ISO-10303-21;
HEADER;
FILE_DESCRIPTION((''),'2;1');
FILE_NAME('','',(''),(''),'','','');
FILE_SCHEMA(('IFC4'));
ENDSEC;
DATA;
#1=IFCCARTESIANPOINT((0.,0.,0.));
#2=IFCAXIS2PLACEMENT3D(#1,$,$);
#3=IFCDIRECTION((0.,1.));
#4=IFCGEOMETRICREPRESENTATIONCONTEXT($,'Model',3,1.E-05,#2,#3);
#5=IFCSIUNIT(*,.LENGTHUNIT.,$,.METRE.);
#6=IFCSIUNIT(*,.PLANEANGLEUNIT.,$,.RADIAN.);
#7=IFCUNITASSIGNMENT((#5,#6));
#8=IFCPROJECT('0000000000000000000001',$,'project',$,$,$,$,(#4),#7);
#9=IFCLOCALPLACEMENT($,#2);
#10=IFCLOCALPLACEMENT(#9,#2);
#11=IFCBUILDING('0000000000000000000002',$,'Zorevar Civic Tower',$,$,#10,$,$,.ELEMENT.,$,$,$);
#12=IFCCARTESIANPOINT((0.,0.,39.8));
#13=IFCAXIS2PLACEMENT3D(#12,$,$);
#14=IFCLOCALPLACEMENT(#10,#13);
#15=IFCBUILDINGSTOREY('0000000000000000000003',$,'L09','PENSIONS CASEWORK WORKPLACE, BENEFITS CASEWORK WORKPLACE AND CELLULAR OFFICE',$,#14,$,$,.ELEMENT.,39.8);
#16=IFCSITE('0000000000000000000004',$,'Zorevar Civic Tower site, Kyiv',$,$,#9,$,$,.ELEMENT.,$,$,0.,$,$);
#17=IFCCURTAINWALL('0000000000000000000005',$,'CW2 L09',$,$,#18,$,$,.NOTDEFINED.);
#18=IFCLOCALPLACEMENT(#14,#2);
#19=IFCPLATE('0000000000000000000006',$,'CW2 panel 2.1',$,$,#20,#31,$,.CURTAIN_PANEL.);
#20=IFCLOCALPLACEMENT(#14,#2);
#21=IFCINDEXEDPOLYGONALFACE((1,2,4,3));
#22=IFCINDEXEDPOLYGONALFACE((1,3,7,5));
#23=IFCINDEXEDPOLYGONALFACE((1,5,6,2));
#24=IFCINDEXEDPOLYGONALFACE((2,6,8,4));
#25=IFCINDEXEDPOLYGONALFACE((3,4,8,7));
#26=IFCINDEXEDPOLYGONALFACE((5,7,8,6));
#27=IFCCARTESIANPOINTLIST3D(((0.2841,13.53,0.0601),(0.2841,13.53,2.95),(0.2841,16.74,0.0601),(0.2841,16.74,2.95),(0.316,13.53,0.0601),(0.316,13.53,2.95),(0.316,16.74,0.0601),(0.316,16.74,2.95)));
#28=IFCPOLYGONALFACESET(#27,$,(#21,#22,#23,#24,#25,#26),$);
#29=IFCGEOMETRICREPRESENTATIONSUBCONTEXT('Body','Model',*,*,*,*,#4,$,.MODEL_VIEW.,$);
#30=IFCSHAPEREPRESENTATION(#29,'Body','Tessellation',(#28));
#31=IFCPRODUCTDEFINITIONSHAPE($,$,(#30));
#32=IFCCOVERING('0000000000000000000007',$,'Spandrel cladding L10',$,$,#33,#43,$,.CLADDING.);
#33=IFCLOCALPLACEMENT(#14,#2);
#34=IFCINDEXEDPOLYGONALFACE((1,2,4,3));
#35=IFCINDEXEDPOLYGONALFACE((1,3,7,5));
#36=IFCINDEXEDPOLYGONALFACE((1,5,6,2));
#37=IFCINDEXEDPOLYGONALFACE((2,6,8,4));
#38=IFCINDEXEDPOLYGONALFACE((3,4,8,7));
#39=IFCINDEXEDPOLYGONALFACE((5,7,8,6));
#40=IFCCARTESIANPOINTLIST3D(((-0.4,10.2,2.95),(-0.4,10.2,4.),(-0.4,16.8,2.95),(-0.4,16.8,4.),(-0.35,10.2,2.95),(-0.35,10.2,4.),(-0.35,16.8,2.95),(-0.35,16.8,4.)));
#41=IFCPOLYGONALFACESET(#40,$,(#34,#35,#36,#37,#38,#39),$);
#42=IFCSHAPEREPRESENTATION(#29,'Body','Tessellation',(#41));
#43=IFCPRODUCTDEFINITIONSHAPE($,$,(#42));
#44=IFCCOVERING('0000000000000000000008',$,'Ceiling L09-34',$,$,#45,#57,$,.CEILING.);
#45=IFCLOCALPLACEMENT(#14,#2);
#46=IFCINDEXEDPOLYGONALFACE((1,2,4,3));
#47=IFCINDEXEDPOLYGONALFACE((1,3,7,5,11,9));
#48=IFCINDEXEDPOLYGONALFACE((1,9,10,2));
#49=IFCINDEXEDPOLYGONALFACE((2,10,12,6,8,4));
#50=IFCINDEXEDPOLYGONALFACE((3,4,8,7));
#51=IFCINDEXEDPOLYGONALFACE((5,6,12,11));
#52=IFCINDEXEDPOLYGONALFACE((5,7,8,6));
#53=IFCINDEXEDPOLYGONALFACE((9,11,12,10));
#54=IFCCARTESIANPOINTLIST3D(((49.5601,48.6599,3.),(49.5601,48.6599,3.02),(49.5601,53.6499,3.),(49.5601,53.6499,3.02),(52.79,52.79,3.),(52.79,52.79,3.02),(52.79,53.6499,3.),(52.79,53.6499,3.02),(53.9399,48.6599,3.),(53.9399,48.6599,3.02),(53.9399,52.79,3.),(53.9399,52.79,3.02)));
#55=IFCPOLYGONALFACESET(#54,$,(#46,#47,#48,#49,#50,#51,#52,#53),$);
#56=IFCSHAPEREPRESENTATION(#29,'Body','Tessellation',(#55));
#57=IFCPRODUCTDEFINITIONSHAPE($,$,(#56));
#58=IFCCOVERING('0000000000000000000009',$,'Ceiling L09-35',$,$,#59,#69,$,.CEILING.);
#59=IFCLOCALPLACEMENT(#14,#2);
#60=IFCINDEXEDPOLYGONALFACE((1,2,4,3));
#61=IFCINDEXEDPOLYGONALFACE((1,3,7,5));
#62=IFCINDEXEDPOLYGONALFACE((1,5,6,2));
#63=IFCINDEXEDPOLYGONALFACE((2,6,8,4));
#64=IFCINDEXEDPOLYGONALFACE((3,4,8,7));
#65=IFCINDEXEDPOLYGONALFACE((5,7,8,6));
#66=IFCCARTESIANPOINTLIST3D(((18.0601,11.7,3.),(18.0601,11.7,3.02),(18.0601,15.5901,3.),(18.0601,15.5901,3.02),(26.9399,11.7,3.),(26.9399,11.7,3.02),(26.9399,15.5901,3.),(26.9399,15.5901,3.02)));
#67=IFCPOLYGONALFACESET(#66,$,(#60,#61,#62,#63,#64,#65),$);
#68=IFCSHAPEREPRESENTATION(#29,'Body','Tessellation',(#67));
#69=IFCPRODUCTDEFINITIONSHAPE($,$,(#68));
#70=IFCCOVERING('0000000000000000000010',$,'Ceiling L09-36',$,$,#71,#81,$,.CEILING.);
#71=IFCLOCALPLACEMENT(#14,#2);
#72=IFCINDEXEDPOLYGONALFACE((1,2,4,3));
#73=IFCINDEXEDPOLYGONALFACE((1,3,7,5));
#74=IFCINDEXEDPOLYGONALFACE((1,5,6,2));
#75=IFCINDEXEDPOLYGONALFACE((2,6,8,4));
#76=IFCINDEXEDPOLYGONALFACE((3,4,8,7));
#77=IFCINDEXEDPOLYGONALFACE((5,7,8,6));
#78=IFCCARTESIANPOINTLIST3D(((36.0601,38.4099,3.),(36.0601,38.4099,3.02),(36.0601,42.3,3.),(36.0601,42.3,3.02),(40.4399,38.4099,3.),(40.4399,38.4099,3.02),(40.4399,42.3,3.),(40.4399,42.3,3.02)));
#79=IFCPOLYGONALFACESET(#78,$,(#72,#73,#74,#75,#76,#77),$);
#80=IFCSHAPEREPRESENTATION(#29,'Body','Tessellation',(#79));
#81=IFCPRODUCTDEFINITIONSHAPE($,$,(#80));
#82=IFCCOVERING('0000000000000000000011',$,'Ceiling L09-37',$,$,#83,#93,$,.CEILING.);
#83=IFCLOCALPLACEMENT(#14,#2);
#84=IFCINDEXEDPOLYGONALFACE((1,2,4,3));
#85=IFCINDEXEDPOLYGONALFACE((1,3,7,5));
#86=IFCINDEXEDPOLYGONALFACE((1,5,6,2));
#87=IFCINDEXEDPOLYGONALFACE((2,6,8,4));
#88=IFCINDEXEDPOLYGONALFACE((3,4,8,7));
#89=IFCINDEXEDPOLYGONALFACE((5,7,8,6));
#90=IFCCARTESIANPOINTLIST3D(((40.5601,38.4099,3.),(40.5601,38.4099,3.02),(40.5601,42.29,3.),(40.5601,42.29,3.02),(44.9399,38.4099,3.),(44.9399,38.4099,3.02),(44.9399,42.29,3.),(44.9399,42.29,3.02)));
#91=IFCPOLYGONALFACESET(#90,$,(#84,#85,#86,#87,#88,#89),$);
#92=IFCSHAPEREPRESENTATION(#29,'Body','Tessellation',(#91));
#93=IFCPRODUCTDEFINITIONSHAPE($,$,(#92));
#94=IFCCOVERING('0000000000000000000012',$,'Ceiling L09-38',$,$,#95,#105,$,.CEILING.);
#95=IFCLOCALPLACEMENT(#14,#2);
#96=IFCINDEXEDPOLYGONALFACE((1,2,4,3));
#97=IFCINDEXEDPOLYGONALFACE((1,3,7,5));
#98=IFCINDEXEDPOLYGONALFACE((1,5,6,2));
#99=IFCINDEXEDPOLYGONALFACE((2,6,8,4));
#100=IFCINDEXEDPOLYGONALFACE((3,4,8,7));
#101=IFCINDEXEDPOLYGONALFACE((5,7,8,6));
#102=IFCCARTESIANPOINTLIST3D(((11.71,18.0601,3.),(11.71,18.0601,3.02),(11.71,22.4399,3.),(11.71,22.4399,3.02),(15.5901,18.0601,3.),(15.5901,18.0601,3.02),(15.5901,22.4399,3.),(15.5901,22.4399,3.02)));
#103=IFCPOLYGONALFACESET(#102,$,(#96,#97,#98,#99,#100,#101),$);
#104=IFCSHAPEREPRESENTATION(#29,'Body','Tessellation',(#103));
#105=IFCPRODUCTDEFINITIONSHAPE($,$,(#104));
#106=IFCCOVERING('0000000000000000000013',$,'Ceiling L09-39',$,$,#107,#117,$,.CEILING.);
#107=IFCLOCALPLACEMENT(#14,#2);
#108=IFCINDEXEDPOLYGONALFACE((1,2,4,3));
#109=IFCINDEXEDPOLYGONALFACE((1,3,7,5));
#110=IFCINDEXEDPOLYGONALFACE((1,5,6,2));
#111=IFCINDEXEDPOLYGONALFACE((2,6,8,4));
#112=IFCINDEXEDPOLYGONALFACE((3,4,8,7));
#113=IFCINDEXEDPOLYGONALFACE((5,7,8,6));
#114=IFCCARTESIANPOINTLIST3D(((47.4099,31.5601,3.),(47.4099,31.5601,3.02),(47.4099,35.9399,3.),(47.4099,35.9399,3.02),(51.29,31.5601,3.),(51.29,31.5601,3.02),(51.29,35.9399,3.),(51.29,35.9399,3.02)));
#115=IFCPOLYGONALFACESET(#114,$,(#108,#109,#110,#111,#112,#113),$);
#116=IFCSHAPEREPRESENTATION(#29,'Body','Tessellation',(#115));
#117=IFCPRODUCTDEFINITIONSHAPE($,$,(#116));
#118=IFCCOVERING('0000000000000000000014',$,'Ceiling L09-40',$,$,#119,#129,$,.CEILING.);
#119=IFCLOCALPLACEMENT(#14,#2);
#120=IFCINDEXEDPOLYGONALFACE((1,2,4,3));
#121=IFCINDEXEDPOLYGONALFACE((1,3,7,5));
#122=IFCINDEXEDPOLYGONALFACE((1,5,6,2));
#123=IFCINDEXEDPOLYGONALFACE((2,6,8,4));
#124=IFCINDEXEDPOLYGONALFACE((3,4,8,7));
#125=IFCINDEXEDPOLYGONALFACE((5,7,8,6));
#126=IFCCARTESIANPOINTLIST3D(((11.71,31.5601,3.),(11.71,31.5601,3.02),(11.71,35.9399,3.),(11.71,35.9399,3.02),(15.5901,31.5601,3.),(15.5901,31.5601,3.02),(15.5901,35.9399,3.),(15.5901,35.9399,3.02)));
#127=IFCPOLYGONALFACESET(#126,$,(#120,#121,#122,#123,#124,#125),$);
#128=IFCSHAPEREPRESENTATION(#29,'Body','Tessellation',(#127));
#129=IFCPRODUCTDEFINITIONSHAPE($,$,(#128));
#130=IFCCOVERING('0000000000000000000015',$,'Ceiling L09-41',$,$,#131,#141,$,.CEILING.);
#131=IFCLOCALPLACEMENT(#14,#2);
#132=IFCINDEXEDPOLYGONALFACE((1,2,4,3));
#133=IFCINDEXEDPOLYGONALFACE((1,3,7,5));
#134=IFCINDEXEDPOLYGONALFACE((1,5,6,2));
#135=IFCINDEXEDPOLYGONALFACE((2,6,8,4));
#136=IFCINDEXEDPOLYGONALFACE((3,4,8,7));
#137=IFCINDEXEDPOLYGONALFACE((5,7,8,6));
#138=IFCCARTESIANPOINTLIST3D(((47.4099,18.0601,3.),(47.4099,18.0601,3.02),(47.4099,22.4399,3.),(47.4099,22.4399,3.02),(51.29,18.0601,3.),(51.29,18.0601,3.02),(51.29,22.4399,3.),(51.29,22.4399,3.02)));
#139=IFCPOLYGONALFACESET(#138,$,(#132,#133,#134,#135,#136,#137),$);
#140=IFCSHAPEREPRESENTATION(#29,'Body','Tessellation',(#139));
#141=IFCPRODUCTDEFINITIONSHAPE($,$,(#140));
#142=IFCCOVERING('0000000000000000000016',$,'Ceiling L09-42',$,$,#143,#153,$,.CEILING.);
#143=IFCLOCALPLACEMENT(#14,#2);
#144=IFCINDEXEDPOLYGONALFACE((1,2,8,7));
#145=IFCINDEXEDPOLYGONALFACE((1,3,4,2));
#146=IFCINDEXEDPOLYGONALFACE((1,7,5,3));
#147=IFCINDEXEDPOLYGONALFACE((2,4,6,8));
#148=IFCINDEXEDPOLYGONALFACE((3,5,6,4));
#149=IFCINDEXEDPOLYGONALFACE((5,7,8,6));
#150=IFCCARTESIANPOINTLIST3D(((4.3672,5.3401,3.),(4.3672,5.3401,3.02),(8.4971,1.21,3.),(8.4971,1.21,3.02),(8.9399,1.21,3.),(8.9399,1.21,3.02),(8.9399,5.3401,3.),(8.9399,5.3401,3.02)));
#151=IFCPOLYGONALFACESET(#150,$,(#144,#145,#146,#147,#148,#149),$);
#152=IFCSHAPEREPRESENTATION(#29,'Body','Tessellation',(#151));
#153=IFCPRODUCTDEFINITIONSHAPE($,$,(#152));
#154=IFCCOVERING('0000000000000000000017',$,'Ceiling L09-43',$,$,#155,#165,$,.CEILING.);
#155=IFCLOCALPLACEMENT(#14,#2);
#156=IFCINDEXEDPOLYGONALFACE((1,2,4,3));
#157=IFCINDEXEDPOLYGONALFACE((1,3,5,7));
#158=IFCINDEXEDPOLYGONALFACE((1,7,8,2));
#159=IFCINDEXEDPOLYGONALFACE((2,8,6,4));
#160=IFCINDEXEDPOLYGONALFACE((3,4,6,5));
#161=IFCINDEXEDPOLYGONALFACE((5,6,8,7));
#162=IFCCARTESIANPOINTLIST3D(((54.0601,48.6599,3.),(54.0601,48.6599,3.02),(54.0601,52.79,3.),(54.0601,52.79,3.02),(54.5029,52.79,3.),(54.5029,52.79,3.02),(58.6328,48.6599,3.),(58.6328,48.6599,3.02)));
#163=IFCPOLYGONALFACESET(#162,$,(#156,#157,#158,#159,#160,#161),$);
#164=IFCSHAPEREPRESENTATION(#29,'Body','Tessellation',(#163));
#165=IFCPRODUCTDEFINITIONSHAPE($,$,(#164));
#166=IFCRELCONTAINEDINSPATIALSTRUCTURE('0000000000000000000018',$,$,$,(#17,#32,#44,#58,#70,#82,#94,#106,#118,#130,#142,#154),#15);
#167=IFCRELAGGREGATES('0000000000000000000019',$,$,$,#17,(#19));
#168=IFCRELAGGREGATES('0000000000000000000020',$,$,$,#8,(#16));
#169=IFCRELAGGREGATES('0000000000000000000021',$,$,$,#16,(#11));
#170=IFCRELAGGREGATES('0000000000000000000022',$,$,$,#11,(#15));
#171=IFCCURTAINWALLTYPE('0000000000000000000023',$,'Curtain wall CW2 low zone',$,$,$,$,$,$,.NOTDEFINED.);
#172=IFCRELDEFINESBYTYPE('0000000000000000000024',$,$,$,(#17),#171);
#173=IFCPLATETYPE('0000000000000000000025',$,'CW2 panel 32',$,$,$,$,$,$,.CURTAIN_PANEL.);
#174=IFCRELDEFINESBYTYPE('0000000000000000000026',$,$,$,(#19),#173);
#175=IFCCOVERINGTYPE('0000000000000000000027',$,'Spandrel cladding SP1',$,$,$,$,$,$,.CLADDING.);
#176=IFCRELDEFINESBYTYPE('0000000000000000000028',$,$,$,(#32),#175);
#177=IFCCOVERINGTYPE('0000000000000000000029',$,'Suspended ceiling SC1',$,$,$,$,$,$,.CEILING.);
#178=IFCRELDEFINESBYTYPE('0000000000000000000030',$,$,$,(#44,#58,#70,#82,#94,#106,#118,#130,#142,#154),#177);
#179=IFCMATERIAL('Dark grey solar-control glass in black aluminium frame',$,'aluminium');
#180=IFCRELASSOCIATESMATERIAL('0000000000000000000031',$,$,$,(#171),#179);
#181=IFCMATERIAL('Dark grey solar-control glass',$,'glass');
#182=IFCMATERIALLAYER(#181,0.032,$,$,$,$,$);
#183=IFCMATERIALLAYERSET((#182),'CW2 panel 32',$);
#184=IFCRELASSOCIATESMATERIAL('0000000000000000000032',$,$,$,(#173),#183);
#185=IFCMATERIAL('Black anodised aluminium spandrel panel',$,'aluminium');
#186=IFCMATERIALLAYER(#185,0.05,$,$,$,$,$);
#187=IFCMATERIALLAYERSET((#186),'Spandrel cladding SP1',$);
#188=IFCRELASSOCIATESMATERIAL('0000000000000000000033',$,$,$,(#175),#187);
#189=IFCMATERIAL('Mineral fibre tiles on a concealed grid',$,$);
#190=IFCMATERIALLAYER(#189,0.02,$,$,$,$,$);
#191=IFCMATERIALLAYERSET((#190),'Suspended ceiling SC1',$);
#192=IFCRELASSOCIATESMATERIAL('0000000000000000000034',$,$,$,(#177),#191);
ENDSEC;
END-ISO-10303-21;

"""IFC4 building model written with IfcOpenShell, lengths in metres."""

from ifc_helpers import new_model, si_unit, direction, frame, frame_2d, origin, origin_2d, place, context, subcontext, project, spatial, polyline, rectangle, outline, extrude, material, layer, layer_set, type_object, element, aggregate, save


model = new_model("IFC4")

# Units and contexts
model_context = context("Model", 3, precision=1e-05, world=origin(), true_north=direction((0.0, 1.0)))
body_context = subcontext(model_context, "Body", "Model", "MODEL_VIEW")
ifc_project = project(units=[si_unit("LENGTHUNIT", "METRE"), si_unit("PLANEANGLEUNIT", "RADIAN")], contexts=[model_context])

# Site, building, storey
site_placement = place(None, origin())
site = spatial("IfcSite", under=ifc_project, at=site_placement, Name="Zorevar Civic Tower site, Kyiv", CompositionType="ELEMENT", RefElevation=0.0)
building_placement = place(site_placement, origin())
building = spatial("IfcBuilding", under=site, at=building_placement, Name="Zorevar Civic Tower", CompositionType="ELEMENT")
storey_placement = place(building_placement, frame((0.0, 0.0, 39.8)))
storey = spatial("IfcBuildingStorey", under=building, at=storey_placement, Name="L09", Description="PENSIONS CASEWORK WORKPLACE, BENEFITS CASEWORK WORKPLACE AND CELLULAR OFFICE", CompositionType="ELEMENT", Elevation=39.8)

# Curtain wall
ifc_material_1 = material(Name="Dark grey solar-control glass in black aluminium frame", Category="aluminium")
curtain_wall_type = type_object("IfcCurtainWallType", Name="Curtain wall CW2 low zone", PredefinedType="NOTDEFINED", material=ifc_material_1)
curtain_wall_placement = place(storey_placement, origin())
curtain_wall = element("IfcCurtainWall", 1, at=curtain_wall_placement, inside=storey, type_object=curtain_wall_type, Name="CW2 L09", PredefinedType="NOTDEFINED")

# Plate
ifc_material_2 = material(Name="Dark grey solar-control glass", Category="glass")
ifc_layer_1 = layer(ifc_material_2, 0.032)
ifc_layer_set_1 = layer_set([ifc_layer_1], Name="CW2 panel 32")
plate_type = type_object("IfcPlateType", Name="CW2 panel 32", PredefinedType="CURTAIN_PANEL", material=ifc_layer_set_1)
plate_1_placement = place(storey_placement, frame((0.3, 15.135, 0.0601), z_axis=(0.0, 0.0, 1.0), x_axis=(0.0, 1.0, 0.0)))
plate_1 = element("IfcPlate", 2, at=plate_1_placement, type_object=plate_type, Name="CW2 panel 2.1", PredefinedType="CURTAIN_PANEL", context=body_context, shape_type="SweptSolid", body=[
    extrude(rectangle(XDim=3.21, YDim=0.032, at=origin_2d()), origin(), (0.0, 0.0, 1.0), 2.8899),
])
aggregate(curtain_wall, [plate_1])

# Coverings
ifc_material_3 = material(Name="Black anodised aluminium spandrel panel", Category="aluminium")
ifc_layer_2 = layer(ifc_material_3, 0.05)
ifc_layer_set_2 = layer_set([ifc_layer_2], Name="Spandrel cladding SP1")
covering_type_1 = type_object("IfcCoveringType", Name="Spandrel cladding SP1", PredefinedType="CLADDING", material=ifc_layer_set_2)
covering_1_placement = place(storey_placement, frame((-0.375, 10.2, 2.95), z_axis=(0.0, 0.0, 1.0), x_axis=(0.0, 1.0, 0.0)))
element("IfcCovering", 3, at=covering_1_placement, inside=storey, type_object=covering_type_1, Name="Spandrel cladding L10", PredefinedType="CLADDING", context=body_context, shape_type="SweptSolid", body=[
    extrude(rectangle(XDim=6.6001, YDim=0.05, at=frame_2d((3.3, 0.0))), origin(), (0.0, 0.0, 1.0), 1.05),
])
ifc_material_4 = material(Name="Mineral fibre tiles on a concealed grid")
ifc_layer_3 = layer(ifc_material_4, 0.02)
ifc_layer_set_3 = layer_set([ifc_layer_3], Name="Suspended ceiling SC1")
covering_type_2 = type_object("IfcCoveringType", Name="Suspended ceiling SC1", PredefinedType="CEILING", material=ifc_layer_set_3)
covering_2_placement = place(storey_placement, frame((0.0, 0.0, 3.0)))
element("IfcCovering", 4, at=covering_2_placement, inside=storey, type_object=covering_type_2, Name="Ceiling L09-34", PredefinedType="CEILING", context=body_context, shape_type="SweptSolid", body=[
    extrude(outline(polyline([(49.5601, 48.6599), (49.5601, 53.6499), (52.79, 53.6499), (52.79, 52.79), (53.9399, 52.79), (53.9399, 48.6599), (49.5601, 48.6599)])), origin(), (0.0, 0.0, 1.0), 0.02),
])
covering_3_placement = place(storey_placement, frame((0.0, 0.0, 3.0)))
element("IfcCovering", 5, at=covering_3_placement, inside=storey, type_object=covering_type_2, Name="Ceiling L09-35", PredefinedType="CEILING", context=body_context, shape_type="SweptSolid", body=[
    extrude(outline(polyline([(18.0601, 11.7), (18.0601, 15.5901), (26.9399, 15.5901), (26.9399, 11.7), (18.0601, 11.7)])), origin(), (0.0, 0.0, 1.0), 0.02),
])
covering_4_placement = place(storey_placement, frame((0.0, 0.0, 3.0)))
element("IfcCovering", 6, at=covering_4_placement, inside=storey, type_object=covering_type_2, Name="Ceiling L09-36", PredefinedType="CEILING", context=body_context, shape_type="SweptSolid", body=[
    extrude(outline(polyline([(40.4399, 42.3), (40.4399, 38.4099), (36.0601, 38.4099), (36.0601, 42.3), (40.4399, 42.3)])), origin(), (0.0, 0.0, 1.0), 0.02),
])
covering_5_placement = place(storey_placement, frame((0.0, 0.0, 3.0)))
element("IfcCovering", 7, at=covering_5_placement, inside=storey, type_object=covering_type_2, Name="Ceiling L09-37", PredefinedType="CEILING", context=body_context, shape_type="SweptSolid", body=[
    extrude(outline(polyline([(40.5601, 38.4099), (40.5601, 42.29), (44.9399, 42.29), (44.9399, 38.4099), (40.5601, 38.4099)])), origin(), (0.0, 0.0, 1.0), 0.02),
])
covering_6_placement = place(storey_placement, frame((0.0, 0.0, 3.0)))
element("IfcCovering", 8, at=covering_6_placement, inside=storey, type_object=covering_type_2, Name="Ceiling L09-38", PredefinedType="CEILING", context=body_context, shape_type="SweptSolid", body=[
    extrude(outline(polyline([(11.71, 18.0601), (11.71, 22.4399), (15.5901, 22.4399), (15.5901, 18.0601), (11.71, 18.0601)])), origin(), (0.0, 0.0, 1.0), 0.02),
])
covering_7_placement = place(storey_placement, frame((0.0, 0.0, 3.0)))
element("IfcCovering", 9, at=covering_7_placement, inside=storey, type_object=covering_type_2, Name="Ceiling L09-39", PredefinedType="CEILING", context=body_context, shape_type="SweptSolid", body=[
    extrude(outline(polyline([(47.4099, 31.5601), (47.4099, 35.9399), (51.29, 35.9399), (51.29, 31.5601), (47.4099, 31.5601)])), origin(), (0.0, 0.0, 1.0), 0.02),
])
covering_8_placement = place(storey_placement, frame((0.0, 0.0, 3.0)))
element("IfcCovering", 10, at=covering_8_placement, inside=storey, type_object=covering_type_2, Name="Ceiling L09-40", PredefinedType="CEILING", context=body_context, shape_type="SweptSolid", body=[
    extrude(outline(polyline([(11.71, 31.5601), (11.71, 35.9399), (15.5901, 35.9399), (15.5901, 31.5601), (11.71, 31.5601)])), origin(), (0.0, 0.0, 1.0), 0.02),
])
covering_9_placement = place(storey_placement, frame((0.0, 0.0, 3.0)))
element("IfcCovering", 11, at=covering_9_placement, inside=storey, type_object=covering_type_2, Name="Ceiling L09-41", PredefinedType="CEILING", context=body_context, shape_type="SweptSolid", body=[
    extrude(outline(polyline([(47.4099, 18.0601), (47.4099, 22.4399), (51.29, 22.4399), (51.29, 18.0601), (47.4099, 18.0601)])), origin(), (0.0, 0.0, 1.0), 0.02),
])
covering_10_placement = place(storey_placement, frame((0.0, 0.0, 3.0)))
element("IfcCovering", 12, at=covering_10_placement, inside=storey, type_object=covering_type_2, Name="Ceiling L09-42", PredefinedType="CEILING", context=body_context, shape_type="SweptSolid", body=[
    extrude(outline(polyline([(8.9399, 5.3401), (8.9399, 1.21), (8.4971, 1.21), (4.3672, 5.3401), (8.9399, 5.3401)])), origin(), (0.0, 0.0, 1.0), 0.02),
])
covering_11_placement = place(storey_placement, frame((0.0, 0.0, 3.0)))
element("IfcCovering", 13, at=covering_11_placement, inside=storey, type_object=covering_type_2, Name="Ceiling L09-43", PredefinedType="CEILING", context=body_context, shape_type="SweptSolid", body=[
    extrude(outline(polyline([(54.0601, 48.6599), (54.0601, 52.79), (54.5029, 52.79), (58.6328, 48.6599), (54.0601, 48.6599)])), origin(), (0.0, 0.0, 1.0), 0.02),
])

save(model, "model.ifc")
